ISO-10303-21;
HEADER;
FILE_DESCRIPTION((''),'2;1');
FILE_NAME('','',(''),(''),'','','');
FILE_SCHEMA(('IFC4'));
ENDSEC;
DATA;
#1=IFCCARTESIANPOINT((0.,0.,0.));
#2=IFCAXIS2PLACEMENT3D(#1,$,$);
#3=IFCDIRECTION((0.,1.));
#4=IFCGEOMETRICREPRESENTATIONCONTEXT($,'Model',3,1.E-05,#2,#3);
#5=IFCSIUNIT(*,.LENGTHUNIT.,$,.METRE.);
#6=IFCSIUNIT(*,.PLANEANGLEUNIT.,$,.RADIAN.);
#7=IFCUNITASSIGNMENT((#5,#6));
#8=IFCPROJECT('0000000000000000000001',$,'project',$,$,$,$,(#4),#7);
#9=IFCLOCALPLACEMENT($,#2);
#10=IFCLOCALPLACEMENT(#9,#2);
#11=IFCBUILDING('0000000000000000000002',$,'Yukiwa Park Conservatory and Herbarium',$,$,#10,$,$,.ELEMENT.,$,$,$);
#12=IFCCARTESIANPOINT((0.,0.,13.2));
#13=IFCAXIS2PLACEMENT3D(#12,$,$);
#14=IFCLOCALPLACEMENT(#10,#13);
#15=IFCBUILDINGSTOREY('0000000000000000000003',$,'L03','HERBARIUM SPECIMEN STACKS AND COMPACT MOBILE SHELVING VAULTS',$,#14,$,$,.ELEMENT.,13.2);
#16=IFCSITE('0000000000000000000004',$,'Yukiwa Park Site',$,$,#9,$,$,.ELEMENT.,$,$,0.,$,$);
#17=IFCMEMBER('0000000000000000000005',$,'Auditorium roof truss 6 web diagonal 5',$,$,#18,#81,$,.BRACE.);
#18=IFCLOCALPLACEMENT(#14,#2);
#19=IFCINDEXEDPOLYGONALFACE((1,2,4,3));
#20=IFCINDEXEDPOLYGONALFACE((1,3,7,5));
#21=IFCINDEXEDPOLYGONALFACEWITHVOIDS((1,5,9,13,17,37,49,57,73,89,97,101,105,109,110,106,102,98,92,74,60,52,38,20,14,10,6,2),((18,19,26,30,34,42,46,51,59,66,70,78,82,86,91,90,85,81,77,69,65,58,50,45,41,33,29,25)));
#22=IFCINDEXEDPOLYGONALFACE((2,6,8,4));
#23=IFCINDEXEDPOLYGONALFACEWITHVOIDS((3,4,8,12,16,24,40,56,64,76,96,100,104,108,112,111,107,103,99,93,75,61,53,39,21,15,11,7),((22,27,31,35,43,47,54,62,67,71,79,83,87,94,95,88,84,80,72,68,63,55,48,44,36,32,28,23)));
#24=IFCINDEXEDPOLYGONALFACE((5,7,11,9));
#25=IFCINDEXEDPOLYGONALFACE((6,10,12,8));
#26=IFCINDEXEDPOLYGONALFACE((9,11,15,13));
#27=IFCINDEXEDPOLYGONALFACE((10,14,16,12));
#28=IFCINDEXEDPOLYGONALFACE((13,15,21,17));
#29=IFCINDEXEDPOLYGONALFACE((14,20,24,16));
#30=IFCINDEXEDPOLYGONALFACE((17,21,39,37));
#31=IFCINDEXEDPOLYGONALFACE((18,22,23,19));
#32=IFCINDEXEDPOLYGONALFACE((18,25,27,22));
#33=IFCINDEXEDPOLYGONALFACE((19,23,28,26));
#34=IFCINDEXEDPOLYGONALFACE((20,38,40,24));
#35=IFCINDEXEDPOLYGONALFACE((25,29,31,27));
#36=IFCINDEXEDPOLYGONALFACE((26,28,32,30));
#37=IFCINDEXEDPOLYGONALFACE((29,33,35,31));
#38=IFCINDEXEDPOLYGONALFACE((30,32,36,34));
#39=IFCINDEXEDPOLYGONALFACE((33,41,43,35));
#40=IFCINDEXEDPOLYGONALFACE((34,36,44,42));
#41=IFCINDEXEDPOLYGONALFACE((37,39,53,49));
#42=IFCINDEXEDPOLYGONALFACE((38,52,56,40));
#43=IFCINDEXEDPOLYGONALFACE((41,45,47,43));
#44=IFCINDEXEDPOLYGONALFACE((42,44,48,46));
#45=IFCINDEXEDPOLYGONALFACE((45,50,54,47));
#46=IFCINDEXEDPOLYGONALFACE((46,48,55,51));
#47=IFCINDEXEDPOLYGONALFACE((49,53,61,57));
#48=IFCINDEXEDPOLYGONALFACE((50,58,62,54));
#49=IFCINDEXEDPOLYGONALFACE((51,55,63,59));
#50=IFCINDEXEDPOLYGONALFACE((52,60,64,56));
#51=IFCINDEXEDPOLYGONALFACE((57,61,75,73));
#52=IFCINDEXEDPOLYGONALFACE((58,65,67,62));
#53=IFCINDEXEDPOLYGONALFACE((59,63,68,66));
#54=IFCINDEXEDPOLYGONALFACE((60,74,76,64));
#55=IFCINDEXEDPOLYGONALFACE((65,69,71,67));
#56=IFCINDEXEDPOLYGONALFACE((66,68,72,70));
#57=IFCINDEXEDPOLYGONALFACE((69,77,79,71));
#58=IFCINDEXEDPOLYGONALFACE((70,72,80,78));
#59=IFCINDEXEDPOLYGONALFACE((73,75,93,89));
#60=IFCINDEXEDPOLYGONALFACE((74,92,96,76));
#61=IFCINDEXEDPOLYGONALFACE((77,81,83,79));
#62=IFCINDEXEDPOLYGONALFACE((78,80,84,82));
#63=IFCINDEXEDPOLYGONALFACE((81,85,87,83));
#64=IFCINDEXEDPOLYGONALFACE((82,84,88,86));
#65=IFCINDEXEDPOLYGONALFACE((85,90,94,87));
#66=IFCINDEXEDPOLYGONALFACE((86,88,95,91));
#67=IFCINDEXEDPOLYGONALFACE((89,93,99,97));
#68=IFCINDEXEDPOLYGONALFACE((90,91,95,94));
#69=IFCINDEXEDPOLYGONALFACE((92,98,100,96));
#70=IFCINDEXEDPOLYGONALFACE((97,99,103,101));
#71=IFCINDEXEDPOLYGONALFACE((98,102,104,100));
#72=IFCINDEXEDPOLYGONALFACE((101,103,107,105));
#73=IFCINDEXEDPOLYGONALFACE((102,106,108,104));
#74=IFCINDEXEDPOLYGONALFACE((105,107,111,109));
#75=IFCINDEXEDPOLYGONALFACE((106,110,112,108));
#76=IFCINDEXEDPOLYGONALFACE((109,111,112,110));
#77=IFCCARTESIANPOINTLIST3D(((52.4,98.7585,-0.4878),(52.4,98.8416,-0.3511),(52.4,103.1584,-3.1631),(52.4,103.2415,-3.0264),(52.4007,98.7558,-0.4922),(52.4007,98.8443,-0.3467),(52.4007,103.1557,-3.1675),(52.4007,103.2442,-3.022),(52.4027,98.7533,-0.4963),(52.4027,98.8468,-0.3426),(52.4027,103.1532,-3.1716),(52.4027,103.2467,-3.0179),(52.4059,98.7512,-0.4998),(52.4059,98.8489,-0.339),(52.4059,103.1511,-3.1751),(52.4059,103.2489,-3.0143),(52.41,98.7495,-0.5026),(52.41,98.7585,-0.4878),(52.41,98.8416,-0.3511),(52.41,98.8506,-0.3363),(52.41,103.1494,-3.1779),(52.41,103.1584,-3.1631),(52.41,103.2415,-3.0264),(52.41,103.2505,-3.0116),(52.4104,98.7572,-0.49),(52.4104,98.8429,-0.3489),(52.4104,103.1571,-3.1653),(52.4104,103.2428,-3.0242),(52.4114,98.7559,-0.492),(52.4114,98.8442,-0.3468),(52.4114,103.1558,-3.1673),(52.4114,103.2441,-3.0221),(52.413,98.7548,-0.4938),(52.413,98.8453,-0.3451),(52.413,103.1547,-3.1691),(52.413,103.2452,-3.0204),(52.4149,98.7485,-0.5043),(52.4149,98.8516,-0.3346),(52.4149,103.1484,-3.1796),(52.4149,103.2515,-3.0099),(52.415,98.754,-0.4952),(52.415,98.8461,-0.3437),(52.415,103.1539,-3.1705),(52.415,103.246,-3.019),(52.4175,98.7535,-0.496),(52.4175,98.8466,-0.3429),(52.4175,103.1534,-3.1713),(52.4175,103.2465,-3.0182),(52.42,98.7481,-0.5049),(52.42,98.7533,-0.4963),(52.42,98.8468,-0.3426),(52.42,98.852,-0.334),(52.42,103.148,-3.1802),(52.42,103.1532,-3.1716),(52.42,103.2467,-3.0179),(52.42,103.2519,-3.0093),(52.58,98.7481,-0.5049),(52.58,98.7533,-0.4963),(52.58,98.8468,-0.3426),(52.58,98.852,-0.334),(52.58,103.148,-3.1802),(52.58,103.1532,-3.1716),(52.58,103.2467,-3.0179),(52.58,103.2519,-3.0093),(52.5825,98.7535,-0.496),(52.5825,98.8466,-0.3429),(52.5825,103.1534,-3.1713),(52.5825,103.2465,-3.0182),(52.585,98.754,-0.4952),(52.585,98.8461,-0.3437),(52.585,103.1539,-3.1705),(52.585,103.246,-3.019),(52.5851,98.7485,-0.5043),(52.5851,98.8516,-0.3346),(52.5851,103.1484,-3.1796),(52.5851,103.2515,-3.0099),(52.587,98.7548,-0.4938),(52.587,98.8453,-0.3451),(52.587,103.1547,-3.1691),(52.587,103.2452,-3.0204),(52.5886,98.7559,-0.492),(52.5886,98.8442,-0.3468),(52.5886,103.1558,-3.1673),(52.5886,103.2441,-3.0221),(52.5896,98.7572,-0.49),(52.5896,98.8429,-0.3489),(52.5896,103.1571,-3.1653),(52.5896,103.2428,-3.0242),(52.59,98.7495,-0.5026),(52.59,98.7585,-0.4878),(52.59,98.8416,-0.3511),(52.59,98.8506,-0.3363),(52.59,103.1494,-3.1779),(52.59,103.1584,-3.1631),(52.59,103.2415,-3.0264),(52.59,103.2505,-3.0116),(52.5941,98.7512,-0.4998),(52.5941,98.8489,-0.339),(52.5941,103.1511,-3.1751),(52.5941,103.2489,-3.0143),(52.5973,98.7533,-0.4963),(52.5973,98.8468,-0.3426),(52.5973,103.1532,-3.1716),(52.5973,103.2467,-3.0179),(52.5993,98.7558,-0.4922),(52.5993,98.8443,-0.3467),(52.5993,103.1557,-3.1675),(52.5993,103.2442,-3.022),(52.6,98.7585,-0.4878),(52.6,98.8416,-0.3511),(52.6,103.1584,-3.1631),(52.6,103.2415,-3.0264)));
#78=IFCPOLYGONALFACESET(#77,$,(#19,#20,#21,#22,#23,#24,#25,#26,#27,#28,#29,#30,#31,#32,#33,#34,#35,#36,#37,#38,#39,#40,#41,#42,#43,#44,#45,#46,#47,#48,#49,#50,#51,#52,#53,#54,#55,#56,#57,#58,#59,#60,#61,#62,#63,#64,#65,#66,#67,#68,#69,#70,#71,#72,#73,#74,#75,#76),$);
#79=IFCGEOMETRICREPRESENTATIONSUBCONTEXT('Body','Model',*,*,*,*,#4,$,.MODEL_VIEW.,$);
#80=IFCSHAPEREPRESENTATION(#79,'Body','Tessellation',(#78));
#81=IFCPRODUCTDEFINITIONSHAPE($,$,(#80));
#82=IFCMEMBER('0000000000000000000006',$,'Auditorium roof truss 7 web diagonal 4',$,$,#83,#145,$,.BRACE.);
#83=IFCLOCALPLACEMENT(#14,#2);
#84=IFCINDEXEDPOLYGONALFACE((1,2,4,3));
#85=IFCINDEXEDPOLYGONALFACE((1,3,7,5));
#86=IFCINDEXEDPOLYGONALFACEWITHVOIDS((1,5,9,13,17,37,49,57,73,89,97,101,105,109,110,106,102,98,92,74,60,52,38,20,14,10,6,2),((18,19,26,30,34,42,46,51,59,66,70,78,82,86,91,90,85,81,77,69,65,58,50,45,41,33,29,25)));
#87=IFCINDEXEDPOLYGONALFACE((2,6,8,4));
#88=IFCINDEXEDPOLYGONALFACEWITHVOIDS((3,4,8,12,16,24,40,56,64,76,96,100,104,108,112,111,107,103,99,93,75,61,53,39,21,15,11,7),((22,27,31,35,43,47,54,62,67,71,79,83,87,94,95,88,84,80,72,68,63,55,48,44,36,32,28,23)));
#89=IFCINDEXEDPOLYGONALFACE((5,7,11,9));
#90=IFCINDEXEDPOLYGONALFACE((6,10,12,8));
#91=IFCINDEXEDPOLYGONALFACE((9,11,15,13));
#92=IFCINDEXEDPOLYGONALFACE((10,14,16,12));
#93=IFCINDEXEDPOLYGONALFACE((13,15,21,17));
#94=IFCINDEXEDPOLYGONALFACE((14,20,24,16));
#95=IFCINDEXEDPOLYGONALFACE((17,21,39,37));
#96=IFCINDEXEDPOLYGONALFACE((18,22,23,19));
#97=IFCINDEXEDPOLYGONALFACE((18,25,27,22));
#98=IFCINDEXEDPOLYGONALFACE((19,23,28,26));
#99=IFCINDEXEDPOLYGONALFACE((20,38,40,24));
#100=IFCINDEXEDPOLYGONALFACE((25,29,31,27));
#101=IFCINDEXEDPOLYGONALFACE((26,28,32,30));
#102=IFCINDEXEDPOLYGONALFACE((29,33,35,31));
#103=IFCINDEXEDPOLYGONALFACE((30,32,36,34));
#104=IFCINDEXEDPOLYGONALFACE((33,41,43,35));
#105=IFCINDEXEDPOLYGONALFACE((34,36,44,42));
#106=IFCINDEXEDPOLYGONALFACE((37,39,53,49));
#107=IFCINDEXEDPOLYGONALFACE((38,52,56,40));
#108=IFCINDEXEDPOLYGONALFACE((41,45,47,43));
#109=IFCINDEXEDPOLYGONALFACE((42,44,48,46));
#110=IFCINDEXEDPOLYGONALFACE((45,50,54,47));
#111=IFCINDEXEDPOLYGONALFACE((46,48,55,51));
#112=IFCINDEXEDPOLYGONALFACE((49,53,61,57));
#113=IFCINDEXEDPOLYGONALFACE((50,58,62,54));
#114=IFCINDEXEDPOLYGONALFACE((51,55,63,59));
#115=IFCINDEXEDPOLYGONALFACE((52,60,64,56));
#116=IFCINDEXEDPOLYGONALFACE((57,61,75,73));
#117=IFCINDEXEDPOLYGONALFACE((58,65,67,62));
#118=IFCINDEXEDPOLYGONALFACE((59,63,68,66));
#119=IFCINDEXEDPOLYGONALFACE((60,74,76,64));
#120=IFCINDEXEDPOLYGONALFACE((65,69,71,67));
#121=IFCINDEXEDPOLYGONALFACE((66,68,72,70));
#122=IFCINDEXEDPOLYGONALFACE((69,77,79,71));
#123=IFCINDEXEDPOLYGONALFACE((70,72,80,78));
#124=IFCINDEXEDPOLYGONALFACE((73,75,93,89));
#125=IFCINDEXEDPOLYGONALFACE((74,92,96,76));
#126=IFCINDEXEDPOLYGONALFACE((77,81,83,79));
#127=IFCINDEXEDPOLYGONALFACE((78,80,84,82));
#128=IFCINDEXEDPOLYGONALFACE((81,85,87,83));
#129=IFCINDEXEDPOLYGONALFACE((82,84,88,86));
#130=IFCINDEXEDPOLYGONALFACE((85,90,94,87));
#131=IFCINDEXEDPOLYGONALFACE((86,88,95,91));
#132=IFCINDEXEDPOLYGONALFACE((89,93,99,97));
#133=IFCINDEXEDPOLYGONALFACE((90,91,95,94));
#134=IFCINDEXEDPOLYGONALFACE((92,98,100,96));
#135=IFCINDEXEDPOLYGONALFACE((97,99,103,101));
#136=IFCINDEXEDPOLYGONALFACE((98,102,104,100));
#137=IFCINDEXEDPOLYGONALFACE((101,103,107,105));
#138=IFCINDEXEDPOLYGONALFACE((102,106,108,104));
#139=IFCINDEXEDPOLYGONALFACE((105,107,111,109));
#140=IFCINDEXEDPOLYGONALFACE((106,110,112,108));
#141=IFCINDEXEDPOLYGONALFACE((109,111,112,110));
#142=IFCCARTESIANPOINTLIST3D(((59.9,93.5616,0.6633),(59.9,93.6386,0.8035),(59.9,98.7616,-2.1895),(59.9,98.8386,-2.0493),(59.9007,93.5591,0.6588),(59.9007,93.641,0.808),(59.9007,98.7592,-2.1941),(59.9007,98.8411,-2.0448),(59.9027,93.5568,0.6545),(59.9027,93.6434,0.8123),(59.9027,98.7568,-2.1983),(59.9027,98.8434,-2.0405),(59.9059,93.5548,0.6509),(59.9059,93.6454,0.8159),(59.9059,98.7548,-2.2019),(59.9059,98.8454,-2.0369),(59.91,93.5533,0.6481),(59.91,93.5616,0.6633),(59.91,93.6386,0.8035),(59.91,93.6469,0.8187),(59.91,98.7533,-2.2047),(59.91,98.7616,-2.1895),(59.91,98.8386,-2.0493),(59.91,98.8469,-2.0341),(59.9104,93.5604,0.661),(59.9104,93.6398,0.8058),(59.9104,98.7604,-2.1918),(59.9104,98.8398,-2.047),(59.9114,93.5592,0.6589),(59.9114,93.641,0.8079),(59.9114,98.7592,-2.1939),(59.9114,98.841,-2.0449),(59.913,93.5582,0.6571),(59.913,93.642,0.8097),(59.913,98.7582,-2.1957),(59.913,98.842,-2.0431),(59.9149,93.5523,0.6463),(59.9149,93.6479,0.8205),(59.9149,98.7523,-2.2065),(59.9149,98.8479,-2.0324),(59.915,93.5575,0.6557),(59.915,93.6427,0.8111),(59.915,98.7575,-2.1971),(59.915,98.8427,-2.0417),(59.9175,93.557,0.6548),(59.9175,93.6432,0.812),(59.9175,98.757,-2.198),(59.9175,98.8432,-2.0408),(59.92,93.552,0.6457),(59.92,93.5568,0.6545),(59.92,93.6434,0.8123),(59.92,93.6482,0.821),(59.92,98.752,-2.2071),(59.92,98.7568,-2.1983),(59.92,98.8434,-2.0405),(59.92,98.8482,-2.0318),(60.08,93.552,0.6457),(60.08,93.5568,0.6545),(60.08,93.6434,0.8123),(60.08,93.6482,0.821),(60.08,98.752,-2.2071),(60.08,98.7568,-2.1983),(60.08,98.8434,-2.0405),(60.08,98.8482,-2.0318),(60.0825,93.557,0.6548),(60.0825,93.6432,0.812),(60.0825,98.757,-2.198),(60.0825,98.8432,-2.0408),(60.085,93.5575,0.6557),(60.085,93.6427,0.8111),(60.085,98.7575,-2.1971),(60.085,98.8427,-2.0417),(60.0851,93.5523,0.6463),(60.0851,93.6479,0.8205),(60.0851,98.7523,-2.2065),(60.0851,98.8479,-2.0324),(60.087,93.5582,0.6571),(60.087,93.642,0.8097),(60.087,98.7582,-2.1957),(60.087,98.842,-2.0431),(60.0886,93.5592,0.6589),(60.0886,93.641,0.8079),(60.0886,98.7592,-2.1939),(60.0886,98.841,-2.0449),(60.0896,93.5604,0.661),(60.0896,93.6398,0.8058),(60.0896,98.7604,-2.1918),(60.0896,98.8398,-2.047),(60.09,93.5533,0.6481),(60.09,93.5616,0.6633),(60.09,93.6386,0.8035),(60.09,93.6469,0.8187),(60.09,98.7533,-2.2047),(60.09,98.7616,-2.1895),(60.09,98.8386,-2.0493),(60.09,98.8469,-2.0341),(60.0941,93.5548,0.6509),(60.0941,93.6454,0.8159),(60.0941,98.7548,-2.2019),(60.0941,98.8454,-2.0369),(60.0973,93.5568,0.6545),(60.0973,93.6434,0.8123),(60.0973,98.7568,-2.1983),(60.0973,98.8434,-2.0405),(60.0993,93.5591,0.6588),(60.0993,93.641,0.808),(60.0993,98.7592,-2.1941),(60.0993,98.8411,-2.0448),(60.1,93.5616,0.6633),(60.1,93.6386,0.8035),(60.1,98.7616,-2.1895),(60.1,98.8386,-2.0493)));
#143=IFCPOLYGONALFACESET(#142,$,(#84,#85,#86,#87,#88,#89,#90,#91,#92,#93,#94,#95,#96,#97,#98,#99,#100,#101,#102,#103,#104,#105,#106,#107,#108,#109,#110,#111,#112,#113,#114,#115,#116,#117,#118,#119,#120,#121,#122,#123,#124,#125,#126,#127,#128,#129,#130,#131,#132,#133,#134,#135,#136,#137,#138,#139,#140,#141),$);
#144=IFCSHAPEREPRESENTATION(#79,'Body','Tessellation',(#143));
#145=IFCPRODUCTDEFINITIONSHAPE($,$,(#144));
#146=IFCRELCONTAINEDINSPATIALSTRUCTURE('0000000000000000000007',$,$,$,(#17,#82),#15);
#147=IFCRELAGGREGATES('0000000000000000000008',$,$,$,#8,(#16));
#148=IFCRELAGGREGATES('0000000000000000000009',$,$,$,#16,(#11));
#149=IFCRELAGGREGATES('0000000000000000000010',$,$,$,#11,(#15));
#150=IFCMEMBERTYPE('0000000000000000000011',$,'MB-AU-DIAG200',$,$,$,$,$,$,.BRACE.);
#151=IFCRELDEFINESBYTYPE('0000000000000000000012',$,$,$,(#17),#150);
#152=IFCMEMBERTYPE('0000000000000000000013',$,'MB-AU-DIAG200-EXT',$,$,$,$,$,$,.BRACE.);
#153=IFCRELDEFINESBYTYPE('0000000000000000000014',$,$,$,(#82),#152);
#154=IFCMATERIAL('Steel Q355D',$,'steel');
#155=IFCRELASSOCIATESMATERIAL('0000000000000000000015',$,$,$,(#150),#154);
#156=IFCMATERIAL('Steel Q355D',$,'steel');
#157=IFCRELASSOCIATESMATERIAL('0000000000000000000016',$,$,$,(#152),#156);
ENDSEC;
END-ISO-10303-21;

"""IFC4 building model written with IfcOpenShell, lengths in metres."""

from ifc_helpers import new_model, si_unit, direction, frame, origin, origin_2d, place, context, subcontext, project, spatial, hollow_rectangle, extrude, material, material_profile, profile_set, type_object, element, save


model = new_model("IFC4")

# Units and contexts
model_context = context("Model", 3, precision=1e-05, world=origin(), true_north=direction((0.0, 1.0)))
body_context = subcontext(model_context, "Body", "Model", "MODEL_VIEW")
ifc_project = project(units=[si_unit("LENGTHUNIT", "METRE"), si_unit("PLANEANGLEUNIT", "RADIAN")], contexts=[model_context])

# Site, building, storey
site_placement = place(None, origin())
site = spatial("IfcSite", under=ifc_project, at=site_placement, Name="Yukiwa Park Site", CompositionType="ELEMENT", RefElevation=0.0)
building_placement = place(site_placement, origin())
building = spatial("IfcBuilding", under=site, at=building_placement, Name="Yukiwa Park Conservatory and Herbarium", CompositionType="ELEMENT")
storey_placement = place(building_placement, frame((0.0, 0.0, 13.2)))
storey = spatial("IfcBuildingStorey", under=building, at=storey_placement, Name="L03", Description="HERBARIUM SPECIMEN STACKS AND COMPACT MOBILE SHELVING VAULTS", CompositionType="ELEMENT", Elevation=13.2)

# Members
ifc_material_1 = material(Name="Steel Q355D", Category="steel")
ifc_material_profile_1 = material_profile(ifc_material_1, hollow_rectangle(XDim=0.2, YDim=0.2, WallThickness=0.01, InnerFilletRadius=0.01, OuterFilletRadius=0.02, at=origin_2d()), Name="SHS 200x200x10")
ifc_profile_set_1 = profile_set([ifc_material_profile_1], Name="Steel Q355D")
member_type_1 = type_object("IfcMemberType", Name="MB-AU-DIAG200", PredefinedType="BRACE", material=ifc_profile_set_1)
member_1_placement = place(storey_placement, frame((52.5, 98.8, -0.4194), z_axis=(0.0, 0.854449, -0.519535), x_axis=(-1.0, 0.0, 0.0)))
element("IfcMember", 1, at=member_1_placement, inside=storey, type_object=member_type_1, Name="Auditorium roof truss 6 web diagonal 5", PredefinedType="BRACE", context=body_context, shape_type="SweptSolid", body=[
    extrude(hollow_rectangle(XDim=0.2, YDim=0.2, WallThickness=0.01, InnerFilletRadius=0.01, OuterFilletRadius=0.02, at=origin_2d()), origin(), (0.0, 0.0, 1.0), 5.1494),
])
ifc_material_2 = material(Name="Steel Q355D", Category="steel")
ifc_material_profile_2 = material_profile(ifc_material_2, hollow_rectangle(XDim=0.2, YDim=0.2, WallThickness=0.01, InnerFilletRadius=0.01, OuterFilletRadius=0.02, at=origin_2d()), Name="SHS 200x200x10")
ifc_profile_set_2 = profile_set([ifc_material_profile_2], Name="Steel Q355D")
member_type_2 = type_object("IfcMemberType", Name="MB-AU-DIAG200-EXT", PredefinedType="BRACE", material=ifc_profile_set_2)
member_2_placement = place(storey_placement, frame((60.0, 93.6001, 0.7334), z_axis=(0.0, 0.876727, -0.480988), x_axis=(-1.0, 0.0, 0.0)))
element("IfcMember", 2, at=member_2_placement, inside=storey, type_object=member_type_2, Name="Auditorium roof truss 7 web diagonal 4", PredefinedType="BRACE", context=body_context, shape_type="SweptSolid", body=[
    extrude(hollow_rectangle(XDim=0.2, YDim=0.2, WallThickness=0.01, InnerFilletRadius=0.01, OuterFilletRadius=0.02, at=origin_2d()), origin(), (0.0, 0.0, 1.0), 5.9312),
])

save(model, "model.ifc")
